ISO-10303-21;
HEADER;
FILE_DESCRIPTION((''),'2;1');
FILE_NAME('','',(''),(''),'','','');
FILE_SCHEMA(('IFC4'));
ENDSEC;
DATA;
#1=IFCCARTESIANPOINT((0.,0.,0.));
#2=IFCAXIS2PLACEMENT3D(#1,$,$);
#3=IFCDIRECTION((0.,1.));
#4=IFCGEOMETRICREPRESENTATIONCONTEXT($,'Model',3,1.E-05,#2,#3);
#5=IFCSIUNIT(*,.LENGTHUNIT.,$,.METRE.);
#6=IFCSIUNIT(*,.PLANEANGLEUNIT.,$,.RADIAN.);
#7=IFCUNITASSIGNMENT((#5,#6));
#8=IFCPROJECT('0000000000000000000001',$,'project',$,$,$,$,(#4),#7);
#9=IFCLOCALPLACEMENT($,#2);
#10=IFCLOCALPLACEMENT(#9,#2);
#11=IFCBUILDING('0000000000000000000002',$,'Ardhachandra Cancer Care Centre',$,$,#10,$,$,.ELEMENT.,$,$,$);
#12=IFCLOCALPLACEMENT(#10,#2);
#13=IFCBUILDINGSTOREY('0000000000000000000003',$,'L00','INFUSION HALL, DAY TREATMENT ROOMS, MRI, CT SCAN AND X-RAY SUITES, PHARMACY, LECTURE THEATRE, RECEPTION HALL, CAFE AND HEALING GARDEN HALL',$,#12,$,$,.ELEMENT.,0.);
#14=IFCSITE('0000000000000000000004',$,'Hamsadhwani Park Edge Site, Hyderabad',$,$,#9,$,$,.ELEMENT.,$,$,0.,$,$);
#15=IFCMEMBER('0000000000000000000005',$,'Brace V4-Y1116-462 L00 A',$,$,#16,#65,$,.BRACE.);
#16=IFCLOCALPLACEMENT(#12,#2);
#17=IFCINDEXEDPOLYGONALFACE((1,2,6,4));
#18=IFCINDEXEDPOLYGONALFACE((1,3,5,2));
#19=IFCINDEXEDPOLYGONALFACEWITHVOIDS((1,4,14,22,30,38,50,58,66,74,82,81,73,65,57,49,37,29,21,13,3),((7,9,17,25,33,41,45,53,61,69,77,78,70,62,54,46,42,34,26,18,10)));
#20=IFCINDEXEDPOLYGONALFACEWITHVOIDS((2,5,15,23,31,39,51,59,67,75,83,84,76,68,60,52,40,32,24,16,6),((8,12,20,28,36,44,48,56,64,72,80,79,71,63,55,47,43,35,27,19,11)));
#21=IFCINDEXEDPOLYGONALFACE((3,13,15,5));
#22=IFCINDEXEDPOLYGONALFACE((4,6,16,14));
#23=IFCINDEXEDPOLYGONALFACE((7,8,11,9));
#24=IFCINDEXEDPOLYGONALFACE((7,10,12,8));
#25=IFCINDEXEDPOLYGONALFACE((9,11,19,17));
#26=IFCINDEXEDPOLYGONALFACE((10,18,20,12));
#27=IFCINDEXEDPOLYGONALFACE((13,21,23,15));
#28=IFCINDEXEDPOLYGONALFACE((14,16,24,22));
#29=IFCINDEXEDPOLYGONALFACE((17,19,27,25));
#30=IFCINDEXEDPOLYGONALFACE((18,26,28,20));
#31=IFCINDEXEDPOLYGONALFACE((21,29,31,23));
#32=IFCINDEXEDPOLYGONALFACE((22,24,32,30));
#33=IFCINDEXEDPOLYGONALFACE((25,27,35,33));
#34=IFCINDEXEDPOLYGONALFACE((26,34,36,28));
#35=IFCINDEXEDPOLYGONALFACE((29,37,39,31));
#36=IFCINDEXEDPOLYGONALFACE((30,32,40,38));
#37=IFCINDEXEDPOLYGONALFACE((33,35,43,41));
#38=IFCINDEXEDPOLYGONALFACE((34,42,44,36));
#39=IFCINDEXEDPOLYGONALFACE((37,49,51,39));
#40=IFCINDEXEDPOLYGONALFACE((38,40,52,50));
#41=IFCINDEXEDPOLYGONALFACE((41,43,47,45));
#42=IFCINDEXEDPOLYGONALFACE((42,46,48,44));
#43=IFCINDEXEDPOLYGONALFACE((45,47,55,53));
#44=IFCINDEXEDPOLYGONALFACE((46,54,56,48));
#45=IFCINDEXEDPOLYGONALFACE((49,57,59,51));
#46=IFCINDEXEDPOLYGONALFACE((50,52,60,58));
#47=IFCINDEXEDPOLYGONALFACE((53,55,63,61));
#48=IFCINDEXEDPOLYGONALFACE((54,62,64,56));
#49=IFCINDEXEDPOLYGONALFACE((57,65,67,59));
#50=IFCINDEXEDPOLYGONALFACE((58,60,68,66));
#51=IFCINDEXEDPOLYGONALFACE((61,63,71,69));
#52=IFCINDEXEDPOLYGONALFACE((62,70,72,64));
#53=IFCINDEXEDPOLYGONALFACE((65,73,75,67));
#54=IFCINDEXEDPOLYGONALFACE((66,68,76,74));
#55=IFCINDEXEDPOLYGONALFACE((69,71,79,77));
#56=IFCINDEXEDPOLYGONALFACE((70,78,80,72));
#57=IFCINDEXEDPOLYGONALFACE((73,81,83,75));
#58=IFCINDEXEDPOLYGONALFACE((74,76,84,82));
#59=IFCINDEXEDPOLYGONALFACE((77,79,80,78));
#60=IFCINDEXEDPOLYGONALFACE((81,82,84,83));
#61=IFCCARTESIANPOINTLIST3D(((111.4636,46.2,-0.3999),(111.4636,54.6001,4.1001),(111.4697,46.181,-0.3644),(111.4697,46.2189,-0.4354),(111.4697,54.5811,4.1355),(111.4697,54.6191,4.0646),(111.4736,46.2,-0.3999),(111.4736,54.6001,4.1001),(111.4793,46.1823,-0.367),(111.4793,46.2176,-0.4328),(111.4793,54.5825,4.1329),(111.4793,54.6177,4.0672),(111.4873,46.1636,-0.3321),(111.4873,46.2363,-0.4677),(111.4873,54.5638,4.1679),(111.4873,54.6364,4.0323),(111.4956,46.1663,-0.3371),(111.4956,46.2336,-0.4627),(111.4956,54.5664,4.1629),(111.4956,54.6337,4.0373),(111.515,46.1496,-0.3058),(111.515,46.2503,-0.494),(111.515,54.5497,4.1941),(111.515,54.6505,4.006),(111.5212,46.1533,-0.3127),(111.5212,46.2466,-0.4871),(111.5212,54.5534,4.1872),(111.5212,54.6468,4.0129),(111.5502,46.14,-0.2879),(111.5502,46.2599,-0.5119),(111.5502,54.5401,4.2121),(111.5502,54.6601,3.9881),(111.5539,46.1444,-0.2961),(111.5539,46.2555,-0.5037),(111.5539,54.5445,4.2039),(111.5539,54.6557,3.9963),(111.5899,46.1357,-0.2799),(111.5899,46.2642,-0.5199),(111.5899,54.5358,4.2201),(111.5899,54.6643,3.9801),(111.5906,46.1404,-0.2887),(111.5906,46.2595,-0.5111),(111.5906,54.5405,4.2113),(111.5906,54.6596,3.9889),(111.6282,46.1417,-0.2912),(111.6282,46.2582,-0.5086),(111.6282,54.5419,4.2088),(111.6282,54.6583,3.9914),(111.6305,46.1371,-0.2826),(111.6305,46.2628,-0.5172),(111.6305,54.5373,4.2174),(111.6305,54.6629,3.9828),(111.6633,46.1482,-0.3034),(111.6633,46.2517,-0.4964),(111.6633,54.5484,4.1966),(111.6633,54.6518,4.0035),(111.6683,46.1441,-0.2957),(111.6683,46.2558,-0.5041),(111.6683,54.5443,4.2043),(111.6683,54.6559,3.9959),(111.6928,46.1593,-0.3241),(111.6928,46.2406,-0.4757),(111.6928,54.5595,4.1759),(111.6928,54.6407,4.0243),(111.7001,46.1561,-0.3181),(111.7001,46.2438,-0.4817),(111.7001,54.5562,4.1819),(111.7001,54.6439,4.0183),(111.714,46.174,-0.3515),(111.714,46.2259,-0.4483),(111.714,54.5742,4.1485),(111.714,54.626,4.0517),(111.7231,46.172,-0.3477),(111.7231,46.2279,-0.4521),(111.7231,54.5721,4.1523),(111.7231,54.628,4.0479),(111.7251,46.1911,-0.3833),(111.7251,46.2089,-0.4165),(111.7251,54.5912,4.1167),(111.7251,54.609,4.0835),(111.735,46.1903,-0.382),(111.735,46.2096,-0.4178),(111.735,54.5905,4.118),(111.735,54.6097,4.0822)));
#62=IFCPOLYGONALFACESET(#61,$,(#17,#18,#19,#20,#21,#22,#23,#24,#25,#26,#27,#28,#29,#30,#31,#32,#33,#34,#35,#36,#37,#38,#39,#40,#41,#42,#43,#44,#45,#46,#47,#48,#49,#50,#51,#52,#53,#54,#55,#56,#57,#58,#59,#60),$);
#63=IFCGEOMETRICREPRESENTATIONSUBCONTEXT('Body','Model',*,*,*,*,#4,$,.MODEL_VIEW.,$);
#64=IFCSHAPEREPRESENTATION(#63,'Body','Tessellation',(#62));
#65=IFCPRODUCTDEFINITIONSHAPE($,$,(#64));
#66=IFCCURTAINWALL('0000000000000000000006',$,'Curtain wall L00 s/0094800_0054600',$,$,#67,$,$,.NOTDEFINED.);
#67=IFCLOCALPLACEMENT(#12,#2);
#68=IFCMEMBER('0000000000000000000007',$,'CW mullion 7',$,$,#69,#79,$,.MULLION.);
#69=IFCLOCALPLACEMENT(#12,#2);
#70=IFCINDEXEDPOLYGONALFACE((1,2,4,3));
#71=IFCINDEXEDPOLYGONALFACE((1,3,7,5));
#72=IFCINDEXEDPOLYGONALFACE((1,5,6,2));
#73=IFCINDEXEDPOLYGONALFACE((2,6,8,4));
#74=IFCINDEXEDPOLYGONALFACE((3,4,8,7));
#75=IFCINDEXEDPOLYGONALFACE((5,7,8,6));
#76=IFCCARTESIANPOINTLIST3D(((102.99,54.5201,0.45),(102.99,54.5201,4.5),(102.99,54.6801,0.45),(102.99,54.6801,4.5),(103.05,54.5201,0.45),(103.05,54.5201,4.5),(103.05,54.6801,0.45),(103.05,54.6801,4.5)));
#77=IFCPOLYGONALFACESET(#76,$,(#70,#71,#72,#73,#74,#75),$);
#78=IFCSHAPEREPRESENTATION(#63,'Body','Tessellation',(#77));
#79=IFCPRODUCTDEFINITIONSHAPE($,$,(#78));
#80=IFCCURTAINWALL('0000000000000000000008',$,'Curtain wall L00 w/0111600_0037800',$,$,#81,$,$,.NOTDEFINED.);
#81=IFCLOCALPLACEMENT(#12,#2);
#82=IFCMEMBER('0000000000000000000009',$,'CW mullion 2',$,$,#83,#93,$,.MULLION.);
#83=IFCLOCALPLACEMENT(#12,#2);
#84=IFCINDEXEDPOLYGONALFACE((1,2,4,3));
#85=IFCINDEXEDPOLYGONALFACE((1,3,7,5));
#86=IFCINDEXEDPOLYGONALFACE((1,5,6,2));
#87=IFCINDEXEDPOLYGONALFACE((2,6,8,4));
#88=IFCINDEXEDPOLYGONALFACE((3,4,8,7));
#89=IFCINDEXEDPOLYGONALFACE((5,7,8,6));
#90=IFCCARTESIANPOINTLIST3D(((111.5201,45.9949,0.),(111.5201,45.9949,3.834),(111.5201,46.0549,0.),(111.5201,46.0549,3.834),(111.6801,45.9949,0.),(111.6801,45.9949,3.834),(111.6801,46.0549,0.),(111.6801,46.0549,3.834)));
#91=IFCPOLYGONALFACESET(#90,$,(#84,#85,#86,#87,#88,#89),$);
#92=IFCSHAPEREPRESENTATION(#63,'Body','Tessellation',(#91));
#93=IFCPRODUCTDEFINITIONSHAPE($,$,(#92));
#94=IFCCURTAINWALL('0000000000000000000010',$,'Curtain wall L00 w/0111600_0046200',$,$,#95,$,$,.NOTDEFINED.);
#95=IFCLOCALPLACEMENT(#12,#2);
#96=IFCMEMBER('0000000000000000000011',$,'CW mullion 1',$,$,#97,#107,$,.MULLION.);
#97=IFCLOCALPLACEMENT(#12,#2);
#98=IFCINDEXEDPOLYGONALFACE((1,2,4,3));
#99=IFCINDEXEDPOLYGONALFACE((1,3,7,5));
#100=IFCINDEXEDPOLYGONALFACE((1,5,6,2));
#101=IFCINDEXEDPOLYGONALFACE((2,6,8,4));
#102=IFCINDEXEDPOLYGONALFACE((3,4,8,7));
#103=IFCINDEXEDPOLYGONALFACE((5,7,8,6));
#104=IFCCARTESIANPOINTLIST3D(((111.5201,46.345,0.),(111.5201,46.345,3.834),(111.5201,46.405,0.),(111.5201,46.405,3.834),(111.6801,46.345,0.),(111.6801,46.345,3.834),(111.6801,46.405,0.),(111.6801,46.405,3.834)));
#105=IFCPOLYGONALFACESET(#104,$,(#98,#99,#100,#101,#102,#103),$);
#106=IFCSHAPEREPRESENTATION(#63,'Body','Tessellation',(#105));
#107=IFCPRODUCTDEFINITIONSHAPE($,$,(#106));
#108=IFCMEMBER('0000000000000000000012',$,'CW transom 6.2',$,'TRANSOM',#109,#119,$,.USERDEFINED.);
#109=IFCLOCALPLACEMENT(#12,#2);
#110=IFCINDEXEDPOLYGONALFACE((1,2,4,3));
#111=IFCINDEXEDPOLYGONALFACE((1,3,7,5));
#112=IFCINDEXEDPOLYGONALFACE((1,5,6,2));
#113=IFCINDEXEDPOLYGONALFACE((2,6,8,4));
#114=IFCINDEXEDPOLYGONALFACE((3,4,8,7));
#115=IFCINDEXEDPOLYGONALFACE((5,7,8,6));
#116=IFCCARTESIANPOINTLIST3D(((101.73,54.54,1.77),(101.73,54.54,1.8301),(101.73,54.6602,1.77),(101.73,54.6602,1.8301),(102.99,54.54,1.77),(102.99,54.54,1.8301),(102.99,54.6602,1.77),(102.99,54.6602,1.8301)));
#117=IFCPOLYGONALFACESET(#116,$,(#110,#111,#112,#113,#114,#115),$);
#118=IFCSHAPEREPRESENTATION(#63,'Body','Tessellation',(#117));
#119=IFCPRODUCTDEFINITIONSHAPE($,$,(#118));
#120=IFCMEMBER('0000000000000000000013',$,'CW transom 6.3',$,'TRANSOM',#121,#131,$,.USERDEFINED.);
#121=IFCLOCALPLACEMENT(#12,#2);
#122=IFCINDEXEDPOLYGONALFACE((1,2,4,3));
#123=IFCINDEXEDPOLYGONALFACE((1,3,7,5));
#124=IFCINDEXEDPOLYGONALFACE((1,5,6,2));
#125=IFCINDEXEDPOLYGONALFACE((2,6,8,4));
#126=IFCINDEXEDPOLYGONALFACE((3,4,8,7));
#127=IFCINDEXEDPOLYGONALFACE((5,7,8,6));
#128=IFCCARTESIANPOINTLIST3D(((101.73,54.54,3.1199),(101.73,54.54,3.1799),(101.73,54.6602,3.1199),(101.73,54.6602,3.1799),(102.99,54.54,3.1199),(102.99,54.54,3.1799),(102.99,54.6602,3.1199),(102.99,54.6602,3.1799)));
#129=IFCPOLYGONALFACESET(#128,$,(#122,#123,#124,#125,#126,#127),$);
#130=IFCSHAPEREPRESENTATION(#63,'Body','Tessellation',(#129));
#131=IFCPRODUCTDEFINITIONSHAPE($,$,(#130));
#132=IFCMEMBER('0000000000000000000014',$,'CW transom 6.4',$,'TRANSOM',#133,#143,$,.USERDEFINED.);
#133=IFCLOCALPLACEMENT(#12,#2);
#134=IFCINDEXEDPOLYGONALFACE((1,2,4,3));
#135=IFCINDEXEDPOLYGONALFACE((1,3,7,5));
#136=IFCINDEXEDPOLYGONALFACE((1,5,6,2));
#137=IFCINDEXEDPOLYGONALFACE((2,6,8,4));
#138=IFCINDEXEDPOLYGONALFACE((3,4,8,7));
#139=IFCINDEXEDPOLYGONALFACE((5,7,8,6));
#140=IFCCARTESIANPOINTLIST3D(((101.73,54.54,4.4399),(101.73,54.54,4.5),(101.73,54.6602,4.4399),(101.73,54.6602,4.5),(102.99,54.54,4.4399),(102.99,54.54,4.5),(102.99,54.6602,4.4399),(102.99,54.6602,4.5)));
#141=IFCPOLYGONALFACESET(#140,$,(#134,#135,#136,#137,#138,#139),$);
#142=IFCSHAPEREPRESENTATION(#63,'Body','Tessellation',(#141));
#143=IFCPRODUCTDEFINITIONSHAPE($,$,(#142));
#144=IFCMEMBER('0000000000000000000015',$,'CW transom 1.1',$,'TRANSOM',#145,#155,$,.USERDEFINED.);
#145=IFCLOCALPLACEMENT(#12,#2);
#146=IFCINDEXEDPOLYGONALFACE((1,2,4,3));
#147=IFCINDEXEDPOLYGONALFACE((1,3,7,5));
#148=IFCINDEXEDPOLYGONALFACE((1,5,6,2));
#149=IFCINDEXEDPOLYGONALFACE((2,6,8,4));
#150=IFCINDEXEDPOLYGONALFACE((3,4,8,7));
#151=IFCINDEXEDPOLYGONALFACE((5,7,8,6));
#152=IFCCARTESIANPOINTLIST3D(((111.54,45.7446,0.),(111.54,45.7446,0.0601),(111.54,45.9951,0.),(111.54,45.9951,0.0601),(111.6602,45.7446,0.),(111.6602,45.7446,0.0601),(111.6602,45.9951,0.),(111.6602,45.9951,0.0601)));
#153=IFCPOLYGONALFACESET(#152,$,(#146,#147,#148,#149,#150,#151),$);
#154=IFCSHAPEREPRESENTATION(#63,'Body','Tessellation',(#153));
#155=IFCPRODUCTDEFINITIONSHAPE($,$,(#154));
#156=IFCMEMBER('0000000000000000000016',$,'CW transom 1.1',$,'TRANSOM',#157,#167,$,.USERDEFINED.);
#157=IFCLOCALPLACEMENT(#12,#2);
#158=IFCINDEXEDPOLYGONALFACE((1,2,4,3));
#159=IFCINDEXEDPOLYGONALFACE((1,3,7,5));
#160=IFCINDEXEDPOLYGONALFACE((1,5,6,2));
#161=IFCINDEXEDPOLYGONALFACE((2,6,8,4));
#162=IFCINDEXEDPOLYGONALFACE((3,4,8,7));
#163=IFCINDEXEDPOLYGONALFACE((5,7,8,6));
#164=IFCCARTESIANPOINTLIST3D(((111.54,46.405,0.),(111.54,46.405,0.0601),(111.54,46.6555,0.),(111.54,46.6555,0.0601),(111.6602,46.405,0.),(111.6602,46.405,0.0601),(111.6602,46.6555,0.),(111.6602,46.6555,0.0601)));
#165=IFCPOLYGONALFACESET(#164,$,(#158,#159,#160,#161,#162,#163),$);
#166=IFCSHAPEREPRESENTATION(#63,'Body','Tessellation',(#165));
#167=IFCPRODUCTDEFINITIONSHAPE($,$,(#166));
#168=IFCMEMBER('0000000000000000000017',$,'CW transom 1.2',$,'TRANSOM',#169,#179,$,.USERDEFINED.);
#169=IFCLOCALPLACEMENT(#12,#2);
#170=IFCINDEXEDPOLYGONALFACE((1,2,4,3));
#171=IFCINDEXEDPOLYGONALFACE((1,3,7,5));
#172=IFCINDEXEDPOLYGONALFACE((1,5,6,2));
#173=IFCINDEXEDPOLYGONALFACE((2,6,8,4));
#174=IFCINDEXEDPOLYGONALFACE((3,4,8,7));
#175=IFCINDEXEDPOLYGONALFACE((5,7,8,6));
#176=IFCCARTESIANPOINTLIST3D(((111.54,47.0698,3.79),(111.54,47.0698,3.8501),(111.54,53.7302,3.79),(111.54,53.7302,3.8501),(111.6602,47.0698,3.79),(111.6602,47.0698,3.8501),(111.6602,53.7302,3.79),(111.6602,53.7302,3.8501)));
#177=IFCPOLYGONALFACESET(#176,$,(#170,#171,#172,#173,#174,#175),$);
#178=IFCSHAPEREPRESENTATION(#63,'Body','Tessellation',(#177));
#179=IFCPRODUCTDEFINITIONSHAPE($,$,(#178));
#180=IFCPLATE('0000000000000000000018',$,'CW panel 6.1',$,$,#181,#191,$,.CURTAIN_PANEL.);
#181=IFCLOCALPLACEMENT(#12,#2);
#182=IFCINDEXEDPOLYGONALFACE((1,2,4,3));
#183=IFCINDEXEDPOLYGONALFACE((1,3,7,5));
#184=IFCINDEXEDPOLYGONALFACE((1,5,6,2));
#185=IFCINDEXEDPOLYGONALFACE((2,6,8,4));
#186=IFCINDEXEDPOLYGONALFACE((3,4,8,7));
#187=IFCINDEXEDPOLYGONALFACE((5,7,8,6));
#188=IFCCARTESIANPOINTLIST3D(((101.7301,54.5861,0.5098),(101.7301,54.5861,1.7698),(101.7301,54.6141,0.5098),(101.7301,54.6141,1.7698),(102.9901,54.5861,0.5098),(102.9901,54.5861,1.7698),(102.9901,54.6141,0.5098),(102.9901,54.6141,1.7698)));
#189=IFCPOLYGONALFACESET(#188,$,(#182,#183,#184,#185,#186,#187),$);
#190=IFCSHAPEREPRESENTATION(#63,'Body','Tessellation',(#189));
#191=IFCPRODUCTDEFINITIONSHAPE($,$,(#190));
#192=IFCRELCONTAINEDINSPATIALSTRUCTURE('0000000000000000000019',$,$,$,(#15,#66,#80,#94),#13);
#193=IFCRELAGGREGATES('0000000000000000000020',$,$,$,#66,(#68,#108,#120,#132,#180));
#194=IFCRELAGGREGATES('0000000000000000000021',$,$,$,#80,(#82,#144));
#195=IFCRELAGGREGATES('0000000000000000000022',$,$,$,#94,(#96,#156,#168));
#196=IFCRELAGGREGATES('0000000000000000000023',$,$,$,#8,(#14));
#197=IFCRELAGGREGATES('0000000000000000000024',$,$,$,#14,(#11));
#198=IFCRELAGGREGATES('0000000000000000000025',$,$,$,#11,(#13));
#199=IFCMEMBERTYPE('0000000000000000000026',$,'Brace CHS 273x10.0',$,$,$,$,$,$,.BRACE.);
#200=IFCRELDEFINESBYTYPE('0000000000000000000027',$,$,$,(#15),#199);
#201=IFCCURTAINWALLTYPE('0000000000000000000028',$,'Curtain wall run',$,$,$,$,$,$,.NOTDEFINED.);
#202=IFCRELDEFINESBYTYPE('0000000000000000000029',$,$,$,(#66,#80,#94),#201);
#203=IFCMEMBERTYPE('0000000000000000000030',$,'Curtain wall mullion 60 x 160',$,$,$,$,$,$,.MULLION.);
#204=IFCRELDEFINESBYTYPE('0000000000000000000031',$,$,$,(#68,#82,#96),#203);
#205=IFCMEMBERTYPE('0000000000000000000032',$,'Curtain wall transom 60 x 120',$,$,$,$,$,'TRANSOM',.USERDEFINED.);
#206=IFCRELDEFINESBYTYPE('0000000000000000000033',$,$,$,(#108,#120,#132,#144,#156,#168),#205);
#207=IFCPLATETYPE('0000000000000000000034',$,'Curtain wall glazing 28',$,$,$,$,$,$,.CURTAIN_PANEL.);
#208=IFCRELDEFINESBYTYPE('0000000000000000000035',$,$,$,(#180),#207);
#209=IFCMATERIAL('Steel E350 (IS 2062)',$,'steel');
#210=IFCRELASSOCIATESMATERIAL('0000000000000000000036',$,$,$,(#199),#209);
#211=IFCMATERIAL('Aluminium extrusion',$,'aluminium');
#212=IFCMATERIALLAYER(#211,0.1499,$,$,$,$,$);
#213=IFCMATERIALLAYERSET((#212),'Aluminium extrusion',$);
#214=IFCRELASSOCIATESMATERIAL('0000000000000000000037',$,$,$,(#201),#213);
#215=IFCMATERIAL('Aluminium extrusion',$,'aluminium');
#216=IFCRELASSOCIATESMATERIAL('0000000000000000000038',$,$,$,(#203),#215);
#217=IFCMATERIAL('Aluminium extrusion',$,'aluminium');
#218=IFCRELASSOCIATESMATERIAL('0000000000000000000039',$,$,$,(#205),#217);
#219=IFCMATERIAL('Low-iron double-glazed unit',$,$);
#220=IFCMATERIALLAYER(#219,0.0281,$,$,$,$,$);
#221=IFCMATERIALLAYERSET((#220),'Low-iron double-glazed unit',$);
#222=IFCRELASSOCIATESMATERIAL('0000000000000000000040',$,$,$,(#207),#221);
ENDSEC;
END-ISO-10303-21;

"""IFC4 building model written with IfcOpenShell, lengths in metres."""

from ifc_helpers import new_model, si_unit, direction, frame, origin, origin_2d, place, context, subcontext, project, spatial, rectangle, hollow_circle, extrude, material, layer, layer_set, material_profile, profile_set, type_object, element, aggregate, save


model = new_model("IFC4")

# Units and contexts
model_context = context("Model", 3, precision=1e-05, world=origin(), true_north=direction((0.0, 1.0)))
body_context = subcontext(model_context, "Body", "Model", "MODEL_VIEW")
ifc_project = project(units=[si_unit("LENGTHUNIT", "METRE"), si_unit("PLANEANGLEUNIT", "RADIAN")], contexts=[model_context])

# Site, building, storey
site_placement = place(None, origin())
site = spatial("IfcSite", under=ifc_project, at=site_placement, Name="Hamsadhwani Park Edge Site, Hyderabad", CompositionType="ELEMENT", RefElevation=0.0)
building_placement = place(site_placement, origin())
building = spatial("IfcBuilding", under=site, at=building_placement, Name="Ardhachandra Cancer Care Centre", CompositionType="ELEMENT")
storey_placement = place(building_placement, origin())
storey = spatial("IfcBuildingStorey", under=building, at=storey_placement, Name="L00", Description="INFUSION HALL, DAY TREATMENT ROOMS, MRI, CT SCAN AND X-RAY SUITES, PHARMACY, LECTURE THEATRE, RECEPTION HALL, CAFE AND HEALING GARDEN HALL", CompositionType="ELEMENT", Elevation=0.0)

# Member
ifc_material_1 = material(Name="Steel E350 (IS 2062)", Category="steel")
ifc_material_profile_1 = material_profile(ifc_material_1, hollow_circle(Radius=0.1365, WallThickness=0.01, at=origin_2d()), Name="CHS 273x10.0")
ifc_profile_set_1 = profile_set([ifc_material_profile_1], Name="Steel E350 (IS 2062)")
member_type_1 = type_object("IfcMemberType", Name="Brace CHS 273x10.0", PredefinedType="BRACE", material=ifc_profile_set_1)
member_1_placement = place(storey_placement, frame((111.6001, 46.2, -0.3999), z_axis=(0.0, 0.881483, 0.472215), x_axis=(-1.0, 0.0, 0.0)))
element("IfcMember", 1, at=member_1_placement, inside=storey, type_object=member_type_1, Name="Brace V4-Y1116-462 L00 A", PredefinedType="BRACE", context=body_context, shape_type="SweptSolid", body=[
    extrude(hollow_circle(Radius=0.1365, WallThickness=0.01, at=origin_2d()), origin(), (0.0, 0.0, 1.0), 9.5295),
])

# Curtain walls, members
ifc_material_2 = material(Name="Aluminium extrusion", Category="aluminium")
ifc_layer_1 = layer(ifc_material_2, 0.1499)
ifc_layer_set_1 = layer_set([ifc_layer_1], Name="Aluminium extrusion")
curtain_wall_type = type_object("IfcCurtainWallType", Name="Curtain wall run", PredefinedType="NOTDEFINED", material=ifc_layer_set_1)
curtain_wall_1_placement = place(storey_placement, origin())
curtain_wall_1 = element("IfcCurtainWall", 2, at=curtain_wall_1_placement, inside=storey, type_object=curtain_wall_type, Name="Curtain wall L00 s/0094800_0054600", PredefinedType="NOTDEFINED")
ifc_material_3 = material(Name="Aluminium extrusion", Category="aluminium")
ifc_material_profile_2 = material_profile(ifc_material_3, rectangle(XDim=0.1599, YDim=0.0601, at=origin_2d()), Name="Curtain wall mullion 60 x 160")
ifc_profile_set_2 = profile_set([ifc_material_profile_2], Name="Aluminium extrusion")
member_type_2 = type_object("IfcMemberType", Name="Curtain wall mullion 60 x 160", PredefinedType="MULLION", material=ifc_profile_set_2)
member_2_placement = place(storey_placement, frame((103.02, 54.6001, 0.45), z_axis=(0.0, 0.0, 1.0), x_axis=(0.0, 1.0, 0.0)))
member_2 = element("IfcMember", 3, at=member_2_placement, type_object=member_type_2, Name="CW mullion 7", PredefinedType="MULLION", context=body_context, shape_type="SweptSolid", body=[
    extrude(rectangle(XDim=0.1599, YDim=0.0601, at=origin_2d()), origin(), (0.0, 0.0, 1.0), 4.05),
])
curtain_wall_2_placement = place(storey_placement, origin())
curtain_wall_2 = element("IfcCurtainWall", 4, at=curtain_wall_2_placement, inside=storey, type_object=curtain_wall_type, Name="Curtain wall L00 w/0111600_0037800", PredefinedType="NOTDEFINED")
member_3_placement = place(storey_placement, frame((111.6001, 46.0249, 0.0), z_axis=(0.0, 0.0, 1.0), x_axis=(-1.0, 0.0, 0.0)))
member_3 = element("IfcMember", 5, at=member_3_placement, type_object=member_type_2, Name="CW mullion 2", PredefinedType="MULLION", context=body_context, shape_type="SweptSolid", body=[
    extrude(rectangle(XDim=0.1599, YDim=0.0601, at=origin_2d()), origin(), (0.0, 0.0, 1.0), 3.834),
])
curtain_wall_3_placement = place(storey_placement, origin())
curtain_wall_3 = element("IfcCurtainWall", 6, at=curtain_wall_3_placement, inside=storey, type_object=curtain_wall_type, Name="Curtain wall L00 w/0111600_0046200", PredefinedType="NOTDEFINED")
member_4_placement = place(storey_placement, frame((111.6001, 46.375, 0.0), z_axis=(0.0, 0.0, 1.0), x_axis=(-1.0, 0.0, 0.0)))
member_4 = element("IfcMember", 7, at=member_4_placement, type_object=member_type_2, Name="CW mullion 1", PredefinedType="MULLION", context=body_context, shape_type="SweptSolid", body=[
    extrude(rectangle(XDim=0.1599, YDim=0.0601, at=origin_2d()), origin(), (0.0, 0.0, 1.0), 3.834),
])

# Members
ifc_material_4 = material(Name="Aluminium extrusion", Category="aluminium")
ifc_material_profile_3 = material_profile(ifc_material_4, rectangle(XDim=0.1201, YDim=0.0601, at=origin_2d()), Name="Curtain wall transom 60 x 120")
ifc_profile_set_3 = profile_set([ifc_material_profile_3], Name="Aluminium extrusion")
member_type_3 = type_object("IfcMemberType", Name="Curtain wall transom 60 x 120", ElementType="TRANSOM", PredefinedType="USERDEFINED", material=ifc_profile_set_3)
member_5_placement = place(storey_placement, frame((101.73, 54.6001, 1.8), z_axis=(1.0, 0.0, 0.0), x_axis=(0.0, 1.0, 0.0)))
member_5 = element("IfcMember", 8, at=member_5_placement, type_object=member_type_3, Name="CW transom 6.2", ObjectType="TRANSOM", PredefinedType="USERDEFINED", context=body_context, shape_type="SweptSolid", body=[
    extrude(rectangle(XDim=0.1201, YDim=0.0601, at=origin_2d()), origin(), (0.0, 0.0, 1.0), 1.26),
])
member_6_placement = place(storey_placement, frame((101.73, 54.6001, 3.1499), z_axis=(1.0, 0.0, 0.0), x_axis=(0.0, 1.0, 0.0)))
member_6 = element("IfcMember", 9, at=member_6_placement, type_object=member_type_3, Name="CW transom 6.3", ObjectType="TRANSOM", PredefinedType="USERDEFINED", context=body_context, shape_type="SweptSolid", body=[
    extrude(rectangle(XDim=0.1201, YDim=0.0601, at=origin_2d()), origin(), (0.0, 0.0, 1.0), 1.26),
])
member_7_placement = place(storey_placement, frame((101.73, 54.6001, 4.47), z_axis=(1.0, 0.0, 0.0), x_axis=(0.0, 1.0, 0.0)))
member_7 = element("IfcMember", 10, at=member_7_placement, type_object=member_type_3, Name="CW transom 6.4", ObjectType="TRANSOM", PredefinedType="USERDEFINED", context=body_context, shape_type="SweptSolid", body=[
    extrude(rectangle(XDim=0.1201, YDim=0.0601, at=origin_2d()), origin(), (0.0, 0.0, 1.0), 1.26),
])
member_8_placement = place(storey_placement, frame((111.6001, 45.7446, 0.03), z_axis=(0.0, 1.0, 0.0), x_axis=(-1.0, 0.0, 0.0)))
member_8 = element("IfcMember", 11, at=member_8_placement, type_object=member_type_3, Name="CW transom 1.1", ObjectType="TRANSOM", PredefinedType="USERDEFINED", context=body_context, shape_type="SweptSolid", body=[
    extrude(rectangle(XDim=0.1201, YDim=0.0601, at=origin_2d()), origin(), (0.0, 0.0, 1.0), 0.2505),
])
member_9_placement = place(storey_placement, frame((111.6001, 46.405, 0.03), z_axis=(0.0, 1.0, 0.0), x_axis=(-1.0, 0.0, 0.0)))
member_9 = element("IfcMember", 12, at=member_9_placement, type_object=member_type_3, Name="CW transom 1.1", ObjectType="TRANSOM", PredefinedType="USERDEFINED", context=body_context, shape_type="SweptSolid", body=[
    extrude(rectangle(XDim=0.1201, YDim=0.0601, at=origin_2d()), origin(), (0.0, 0.0, 1.0), 0.2505),
])
member_10_placement = place(storey_placement, frame((111.6001, 47.0698, 3.8201), z_axis=(0.0, 1.0, 0.0), x_axis=(-1.0, 0.0, 0.0)))
member_10 = element("IfcMember", 13, at=member_10_placement, type_object=member_type_3, Name="CW transom 1.2", ObjectType="TRANSOM", PredefinedType="USERDEFINED", context=body_context, shape_type="SweptSolid", body=[
    extrude(rectangle(XDim=0.1201, YDim=0.0601, at=origin_2d()), origin(), (0.0, 0.0, 1.0), 6.6604),
])

# Plate
ifc_material_5 = material(Name="Low-iron double-glazed unit")
ifc_layer_2 = layer(ifc_material_5, 0.0281)
ifc_layer_set_2 = layer_set([ifc_layer_2], Name="Low-iron double-glazed unit")
plate_type = type_object("IfcPlateType", Name="Curtain wall glazing 28", PredefinedType="CURTAIN_PANEL", material=ifc_layer_set_2)
plate_1_placement = place(storey_placement, frame((102.3601, 54.6001, 0.5098), z_axis=(0.0, 0.0, 1.0), x_axis=(1.0, 0.0, 0.0)))
plate_1 = element("IfcPlate", 14, at=plate_1_placement, type_object=plate_type, Name="CW panel 6.1", PredefinedType="CURTAIN_PANEL", context=body_context, shape_type="SweptSolid", body=[
    extrude(rectangle(XDim=1.26, YDim=0.0281, at=origin_2d()), origin(), (0.0, 0.0, 1.0), 1.26),
])
aggregate(curtain_wall_1, [member_2, member_5, member_6, member_7, plate_1])
aggregate(curtain_wall_2, [member_3, member_8])
aggregate(curtain_wall_3, [member_4, member_9, member_10])

save(model, "model.ifc")
